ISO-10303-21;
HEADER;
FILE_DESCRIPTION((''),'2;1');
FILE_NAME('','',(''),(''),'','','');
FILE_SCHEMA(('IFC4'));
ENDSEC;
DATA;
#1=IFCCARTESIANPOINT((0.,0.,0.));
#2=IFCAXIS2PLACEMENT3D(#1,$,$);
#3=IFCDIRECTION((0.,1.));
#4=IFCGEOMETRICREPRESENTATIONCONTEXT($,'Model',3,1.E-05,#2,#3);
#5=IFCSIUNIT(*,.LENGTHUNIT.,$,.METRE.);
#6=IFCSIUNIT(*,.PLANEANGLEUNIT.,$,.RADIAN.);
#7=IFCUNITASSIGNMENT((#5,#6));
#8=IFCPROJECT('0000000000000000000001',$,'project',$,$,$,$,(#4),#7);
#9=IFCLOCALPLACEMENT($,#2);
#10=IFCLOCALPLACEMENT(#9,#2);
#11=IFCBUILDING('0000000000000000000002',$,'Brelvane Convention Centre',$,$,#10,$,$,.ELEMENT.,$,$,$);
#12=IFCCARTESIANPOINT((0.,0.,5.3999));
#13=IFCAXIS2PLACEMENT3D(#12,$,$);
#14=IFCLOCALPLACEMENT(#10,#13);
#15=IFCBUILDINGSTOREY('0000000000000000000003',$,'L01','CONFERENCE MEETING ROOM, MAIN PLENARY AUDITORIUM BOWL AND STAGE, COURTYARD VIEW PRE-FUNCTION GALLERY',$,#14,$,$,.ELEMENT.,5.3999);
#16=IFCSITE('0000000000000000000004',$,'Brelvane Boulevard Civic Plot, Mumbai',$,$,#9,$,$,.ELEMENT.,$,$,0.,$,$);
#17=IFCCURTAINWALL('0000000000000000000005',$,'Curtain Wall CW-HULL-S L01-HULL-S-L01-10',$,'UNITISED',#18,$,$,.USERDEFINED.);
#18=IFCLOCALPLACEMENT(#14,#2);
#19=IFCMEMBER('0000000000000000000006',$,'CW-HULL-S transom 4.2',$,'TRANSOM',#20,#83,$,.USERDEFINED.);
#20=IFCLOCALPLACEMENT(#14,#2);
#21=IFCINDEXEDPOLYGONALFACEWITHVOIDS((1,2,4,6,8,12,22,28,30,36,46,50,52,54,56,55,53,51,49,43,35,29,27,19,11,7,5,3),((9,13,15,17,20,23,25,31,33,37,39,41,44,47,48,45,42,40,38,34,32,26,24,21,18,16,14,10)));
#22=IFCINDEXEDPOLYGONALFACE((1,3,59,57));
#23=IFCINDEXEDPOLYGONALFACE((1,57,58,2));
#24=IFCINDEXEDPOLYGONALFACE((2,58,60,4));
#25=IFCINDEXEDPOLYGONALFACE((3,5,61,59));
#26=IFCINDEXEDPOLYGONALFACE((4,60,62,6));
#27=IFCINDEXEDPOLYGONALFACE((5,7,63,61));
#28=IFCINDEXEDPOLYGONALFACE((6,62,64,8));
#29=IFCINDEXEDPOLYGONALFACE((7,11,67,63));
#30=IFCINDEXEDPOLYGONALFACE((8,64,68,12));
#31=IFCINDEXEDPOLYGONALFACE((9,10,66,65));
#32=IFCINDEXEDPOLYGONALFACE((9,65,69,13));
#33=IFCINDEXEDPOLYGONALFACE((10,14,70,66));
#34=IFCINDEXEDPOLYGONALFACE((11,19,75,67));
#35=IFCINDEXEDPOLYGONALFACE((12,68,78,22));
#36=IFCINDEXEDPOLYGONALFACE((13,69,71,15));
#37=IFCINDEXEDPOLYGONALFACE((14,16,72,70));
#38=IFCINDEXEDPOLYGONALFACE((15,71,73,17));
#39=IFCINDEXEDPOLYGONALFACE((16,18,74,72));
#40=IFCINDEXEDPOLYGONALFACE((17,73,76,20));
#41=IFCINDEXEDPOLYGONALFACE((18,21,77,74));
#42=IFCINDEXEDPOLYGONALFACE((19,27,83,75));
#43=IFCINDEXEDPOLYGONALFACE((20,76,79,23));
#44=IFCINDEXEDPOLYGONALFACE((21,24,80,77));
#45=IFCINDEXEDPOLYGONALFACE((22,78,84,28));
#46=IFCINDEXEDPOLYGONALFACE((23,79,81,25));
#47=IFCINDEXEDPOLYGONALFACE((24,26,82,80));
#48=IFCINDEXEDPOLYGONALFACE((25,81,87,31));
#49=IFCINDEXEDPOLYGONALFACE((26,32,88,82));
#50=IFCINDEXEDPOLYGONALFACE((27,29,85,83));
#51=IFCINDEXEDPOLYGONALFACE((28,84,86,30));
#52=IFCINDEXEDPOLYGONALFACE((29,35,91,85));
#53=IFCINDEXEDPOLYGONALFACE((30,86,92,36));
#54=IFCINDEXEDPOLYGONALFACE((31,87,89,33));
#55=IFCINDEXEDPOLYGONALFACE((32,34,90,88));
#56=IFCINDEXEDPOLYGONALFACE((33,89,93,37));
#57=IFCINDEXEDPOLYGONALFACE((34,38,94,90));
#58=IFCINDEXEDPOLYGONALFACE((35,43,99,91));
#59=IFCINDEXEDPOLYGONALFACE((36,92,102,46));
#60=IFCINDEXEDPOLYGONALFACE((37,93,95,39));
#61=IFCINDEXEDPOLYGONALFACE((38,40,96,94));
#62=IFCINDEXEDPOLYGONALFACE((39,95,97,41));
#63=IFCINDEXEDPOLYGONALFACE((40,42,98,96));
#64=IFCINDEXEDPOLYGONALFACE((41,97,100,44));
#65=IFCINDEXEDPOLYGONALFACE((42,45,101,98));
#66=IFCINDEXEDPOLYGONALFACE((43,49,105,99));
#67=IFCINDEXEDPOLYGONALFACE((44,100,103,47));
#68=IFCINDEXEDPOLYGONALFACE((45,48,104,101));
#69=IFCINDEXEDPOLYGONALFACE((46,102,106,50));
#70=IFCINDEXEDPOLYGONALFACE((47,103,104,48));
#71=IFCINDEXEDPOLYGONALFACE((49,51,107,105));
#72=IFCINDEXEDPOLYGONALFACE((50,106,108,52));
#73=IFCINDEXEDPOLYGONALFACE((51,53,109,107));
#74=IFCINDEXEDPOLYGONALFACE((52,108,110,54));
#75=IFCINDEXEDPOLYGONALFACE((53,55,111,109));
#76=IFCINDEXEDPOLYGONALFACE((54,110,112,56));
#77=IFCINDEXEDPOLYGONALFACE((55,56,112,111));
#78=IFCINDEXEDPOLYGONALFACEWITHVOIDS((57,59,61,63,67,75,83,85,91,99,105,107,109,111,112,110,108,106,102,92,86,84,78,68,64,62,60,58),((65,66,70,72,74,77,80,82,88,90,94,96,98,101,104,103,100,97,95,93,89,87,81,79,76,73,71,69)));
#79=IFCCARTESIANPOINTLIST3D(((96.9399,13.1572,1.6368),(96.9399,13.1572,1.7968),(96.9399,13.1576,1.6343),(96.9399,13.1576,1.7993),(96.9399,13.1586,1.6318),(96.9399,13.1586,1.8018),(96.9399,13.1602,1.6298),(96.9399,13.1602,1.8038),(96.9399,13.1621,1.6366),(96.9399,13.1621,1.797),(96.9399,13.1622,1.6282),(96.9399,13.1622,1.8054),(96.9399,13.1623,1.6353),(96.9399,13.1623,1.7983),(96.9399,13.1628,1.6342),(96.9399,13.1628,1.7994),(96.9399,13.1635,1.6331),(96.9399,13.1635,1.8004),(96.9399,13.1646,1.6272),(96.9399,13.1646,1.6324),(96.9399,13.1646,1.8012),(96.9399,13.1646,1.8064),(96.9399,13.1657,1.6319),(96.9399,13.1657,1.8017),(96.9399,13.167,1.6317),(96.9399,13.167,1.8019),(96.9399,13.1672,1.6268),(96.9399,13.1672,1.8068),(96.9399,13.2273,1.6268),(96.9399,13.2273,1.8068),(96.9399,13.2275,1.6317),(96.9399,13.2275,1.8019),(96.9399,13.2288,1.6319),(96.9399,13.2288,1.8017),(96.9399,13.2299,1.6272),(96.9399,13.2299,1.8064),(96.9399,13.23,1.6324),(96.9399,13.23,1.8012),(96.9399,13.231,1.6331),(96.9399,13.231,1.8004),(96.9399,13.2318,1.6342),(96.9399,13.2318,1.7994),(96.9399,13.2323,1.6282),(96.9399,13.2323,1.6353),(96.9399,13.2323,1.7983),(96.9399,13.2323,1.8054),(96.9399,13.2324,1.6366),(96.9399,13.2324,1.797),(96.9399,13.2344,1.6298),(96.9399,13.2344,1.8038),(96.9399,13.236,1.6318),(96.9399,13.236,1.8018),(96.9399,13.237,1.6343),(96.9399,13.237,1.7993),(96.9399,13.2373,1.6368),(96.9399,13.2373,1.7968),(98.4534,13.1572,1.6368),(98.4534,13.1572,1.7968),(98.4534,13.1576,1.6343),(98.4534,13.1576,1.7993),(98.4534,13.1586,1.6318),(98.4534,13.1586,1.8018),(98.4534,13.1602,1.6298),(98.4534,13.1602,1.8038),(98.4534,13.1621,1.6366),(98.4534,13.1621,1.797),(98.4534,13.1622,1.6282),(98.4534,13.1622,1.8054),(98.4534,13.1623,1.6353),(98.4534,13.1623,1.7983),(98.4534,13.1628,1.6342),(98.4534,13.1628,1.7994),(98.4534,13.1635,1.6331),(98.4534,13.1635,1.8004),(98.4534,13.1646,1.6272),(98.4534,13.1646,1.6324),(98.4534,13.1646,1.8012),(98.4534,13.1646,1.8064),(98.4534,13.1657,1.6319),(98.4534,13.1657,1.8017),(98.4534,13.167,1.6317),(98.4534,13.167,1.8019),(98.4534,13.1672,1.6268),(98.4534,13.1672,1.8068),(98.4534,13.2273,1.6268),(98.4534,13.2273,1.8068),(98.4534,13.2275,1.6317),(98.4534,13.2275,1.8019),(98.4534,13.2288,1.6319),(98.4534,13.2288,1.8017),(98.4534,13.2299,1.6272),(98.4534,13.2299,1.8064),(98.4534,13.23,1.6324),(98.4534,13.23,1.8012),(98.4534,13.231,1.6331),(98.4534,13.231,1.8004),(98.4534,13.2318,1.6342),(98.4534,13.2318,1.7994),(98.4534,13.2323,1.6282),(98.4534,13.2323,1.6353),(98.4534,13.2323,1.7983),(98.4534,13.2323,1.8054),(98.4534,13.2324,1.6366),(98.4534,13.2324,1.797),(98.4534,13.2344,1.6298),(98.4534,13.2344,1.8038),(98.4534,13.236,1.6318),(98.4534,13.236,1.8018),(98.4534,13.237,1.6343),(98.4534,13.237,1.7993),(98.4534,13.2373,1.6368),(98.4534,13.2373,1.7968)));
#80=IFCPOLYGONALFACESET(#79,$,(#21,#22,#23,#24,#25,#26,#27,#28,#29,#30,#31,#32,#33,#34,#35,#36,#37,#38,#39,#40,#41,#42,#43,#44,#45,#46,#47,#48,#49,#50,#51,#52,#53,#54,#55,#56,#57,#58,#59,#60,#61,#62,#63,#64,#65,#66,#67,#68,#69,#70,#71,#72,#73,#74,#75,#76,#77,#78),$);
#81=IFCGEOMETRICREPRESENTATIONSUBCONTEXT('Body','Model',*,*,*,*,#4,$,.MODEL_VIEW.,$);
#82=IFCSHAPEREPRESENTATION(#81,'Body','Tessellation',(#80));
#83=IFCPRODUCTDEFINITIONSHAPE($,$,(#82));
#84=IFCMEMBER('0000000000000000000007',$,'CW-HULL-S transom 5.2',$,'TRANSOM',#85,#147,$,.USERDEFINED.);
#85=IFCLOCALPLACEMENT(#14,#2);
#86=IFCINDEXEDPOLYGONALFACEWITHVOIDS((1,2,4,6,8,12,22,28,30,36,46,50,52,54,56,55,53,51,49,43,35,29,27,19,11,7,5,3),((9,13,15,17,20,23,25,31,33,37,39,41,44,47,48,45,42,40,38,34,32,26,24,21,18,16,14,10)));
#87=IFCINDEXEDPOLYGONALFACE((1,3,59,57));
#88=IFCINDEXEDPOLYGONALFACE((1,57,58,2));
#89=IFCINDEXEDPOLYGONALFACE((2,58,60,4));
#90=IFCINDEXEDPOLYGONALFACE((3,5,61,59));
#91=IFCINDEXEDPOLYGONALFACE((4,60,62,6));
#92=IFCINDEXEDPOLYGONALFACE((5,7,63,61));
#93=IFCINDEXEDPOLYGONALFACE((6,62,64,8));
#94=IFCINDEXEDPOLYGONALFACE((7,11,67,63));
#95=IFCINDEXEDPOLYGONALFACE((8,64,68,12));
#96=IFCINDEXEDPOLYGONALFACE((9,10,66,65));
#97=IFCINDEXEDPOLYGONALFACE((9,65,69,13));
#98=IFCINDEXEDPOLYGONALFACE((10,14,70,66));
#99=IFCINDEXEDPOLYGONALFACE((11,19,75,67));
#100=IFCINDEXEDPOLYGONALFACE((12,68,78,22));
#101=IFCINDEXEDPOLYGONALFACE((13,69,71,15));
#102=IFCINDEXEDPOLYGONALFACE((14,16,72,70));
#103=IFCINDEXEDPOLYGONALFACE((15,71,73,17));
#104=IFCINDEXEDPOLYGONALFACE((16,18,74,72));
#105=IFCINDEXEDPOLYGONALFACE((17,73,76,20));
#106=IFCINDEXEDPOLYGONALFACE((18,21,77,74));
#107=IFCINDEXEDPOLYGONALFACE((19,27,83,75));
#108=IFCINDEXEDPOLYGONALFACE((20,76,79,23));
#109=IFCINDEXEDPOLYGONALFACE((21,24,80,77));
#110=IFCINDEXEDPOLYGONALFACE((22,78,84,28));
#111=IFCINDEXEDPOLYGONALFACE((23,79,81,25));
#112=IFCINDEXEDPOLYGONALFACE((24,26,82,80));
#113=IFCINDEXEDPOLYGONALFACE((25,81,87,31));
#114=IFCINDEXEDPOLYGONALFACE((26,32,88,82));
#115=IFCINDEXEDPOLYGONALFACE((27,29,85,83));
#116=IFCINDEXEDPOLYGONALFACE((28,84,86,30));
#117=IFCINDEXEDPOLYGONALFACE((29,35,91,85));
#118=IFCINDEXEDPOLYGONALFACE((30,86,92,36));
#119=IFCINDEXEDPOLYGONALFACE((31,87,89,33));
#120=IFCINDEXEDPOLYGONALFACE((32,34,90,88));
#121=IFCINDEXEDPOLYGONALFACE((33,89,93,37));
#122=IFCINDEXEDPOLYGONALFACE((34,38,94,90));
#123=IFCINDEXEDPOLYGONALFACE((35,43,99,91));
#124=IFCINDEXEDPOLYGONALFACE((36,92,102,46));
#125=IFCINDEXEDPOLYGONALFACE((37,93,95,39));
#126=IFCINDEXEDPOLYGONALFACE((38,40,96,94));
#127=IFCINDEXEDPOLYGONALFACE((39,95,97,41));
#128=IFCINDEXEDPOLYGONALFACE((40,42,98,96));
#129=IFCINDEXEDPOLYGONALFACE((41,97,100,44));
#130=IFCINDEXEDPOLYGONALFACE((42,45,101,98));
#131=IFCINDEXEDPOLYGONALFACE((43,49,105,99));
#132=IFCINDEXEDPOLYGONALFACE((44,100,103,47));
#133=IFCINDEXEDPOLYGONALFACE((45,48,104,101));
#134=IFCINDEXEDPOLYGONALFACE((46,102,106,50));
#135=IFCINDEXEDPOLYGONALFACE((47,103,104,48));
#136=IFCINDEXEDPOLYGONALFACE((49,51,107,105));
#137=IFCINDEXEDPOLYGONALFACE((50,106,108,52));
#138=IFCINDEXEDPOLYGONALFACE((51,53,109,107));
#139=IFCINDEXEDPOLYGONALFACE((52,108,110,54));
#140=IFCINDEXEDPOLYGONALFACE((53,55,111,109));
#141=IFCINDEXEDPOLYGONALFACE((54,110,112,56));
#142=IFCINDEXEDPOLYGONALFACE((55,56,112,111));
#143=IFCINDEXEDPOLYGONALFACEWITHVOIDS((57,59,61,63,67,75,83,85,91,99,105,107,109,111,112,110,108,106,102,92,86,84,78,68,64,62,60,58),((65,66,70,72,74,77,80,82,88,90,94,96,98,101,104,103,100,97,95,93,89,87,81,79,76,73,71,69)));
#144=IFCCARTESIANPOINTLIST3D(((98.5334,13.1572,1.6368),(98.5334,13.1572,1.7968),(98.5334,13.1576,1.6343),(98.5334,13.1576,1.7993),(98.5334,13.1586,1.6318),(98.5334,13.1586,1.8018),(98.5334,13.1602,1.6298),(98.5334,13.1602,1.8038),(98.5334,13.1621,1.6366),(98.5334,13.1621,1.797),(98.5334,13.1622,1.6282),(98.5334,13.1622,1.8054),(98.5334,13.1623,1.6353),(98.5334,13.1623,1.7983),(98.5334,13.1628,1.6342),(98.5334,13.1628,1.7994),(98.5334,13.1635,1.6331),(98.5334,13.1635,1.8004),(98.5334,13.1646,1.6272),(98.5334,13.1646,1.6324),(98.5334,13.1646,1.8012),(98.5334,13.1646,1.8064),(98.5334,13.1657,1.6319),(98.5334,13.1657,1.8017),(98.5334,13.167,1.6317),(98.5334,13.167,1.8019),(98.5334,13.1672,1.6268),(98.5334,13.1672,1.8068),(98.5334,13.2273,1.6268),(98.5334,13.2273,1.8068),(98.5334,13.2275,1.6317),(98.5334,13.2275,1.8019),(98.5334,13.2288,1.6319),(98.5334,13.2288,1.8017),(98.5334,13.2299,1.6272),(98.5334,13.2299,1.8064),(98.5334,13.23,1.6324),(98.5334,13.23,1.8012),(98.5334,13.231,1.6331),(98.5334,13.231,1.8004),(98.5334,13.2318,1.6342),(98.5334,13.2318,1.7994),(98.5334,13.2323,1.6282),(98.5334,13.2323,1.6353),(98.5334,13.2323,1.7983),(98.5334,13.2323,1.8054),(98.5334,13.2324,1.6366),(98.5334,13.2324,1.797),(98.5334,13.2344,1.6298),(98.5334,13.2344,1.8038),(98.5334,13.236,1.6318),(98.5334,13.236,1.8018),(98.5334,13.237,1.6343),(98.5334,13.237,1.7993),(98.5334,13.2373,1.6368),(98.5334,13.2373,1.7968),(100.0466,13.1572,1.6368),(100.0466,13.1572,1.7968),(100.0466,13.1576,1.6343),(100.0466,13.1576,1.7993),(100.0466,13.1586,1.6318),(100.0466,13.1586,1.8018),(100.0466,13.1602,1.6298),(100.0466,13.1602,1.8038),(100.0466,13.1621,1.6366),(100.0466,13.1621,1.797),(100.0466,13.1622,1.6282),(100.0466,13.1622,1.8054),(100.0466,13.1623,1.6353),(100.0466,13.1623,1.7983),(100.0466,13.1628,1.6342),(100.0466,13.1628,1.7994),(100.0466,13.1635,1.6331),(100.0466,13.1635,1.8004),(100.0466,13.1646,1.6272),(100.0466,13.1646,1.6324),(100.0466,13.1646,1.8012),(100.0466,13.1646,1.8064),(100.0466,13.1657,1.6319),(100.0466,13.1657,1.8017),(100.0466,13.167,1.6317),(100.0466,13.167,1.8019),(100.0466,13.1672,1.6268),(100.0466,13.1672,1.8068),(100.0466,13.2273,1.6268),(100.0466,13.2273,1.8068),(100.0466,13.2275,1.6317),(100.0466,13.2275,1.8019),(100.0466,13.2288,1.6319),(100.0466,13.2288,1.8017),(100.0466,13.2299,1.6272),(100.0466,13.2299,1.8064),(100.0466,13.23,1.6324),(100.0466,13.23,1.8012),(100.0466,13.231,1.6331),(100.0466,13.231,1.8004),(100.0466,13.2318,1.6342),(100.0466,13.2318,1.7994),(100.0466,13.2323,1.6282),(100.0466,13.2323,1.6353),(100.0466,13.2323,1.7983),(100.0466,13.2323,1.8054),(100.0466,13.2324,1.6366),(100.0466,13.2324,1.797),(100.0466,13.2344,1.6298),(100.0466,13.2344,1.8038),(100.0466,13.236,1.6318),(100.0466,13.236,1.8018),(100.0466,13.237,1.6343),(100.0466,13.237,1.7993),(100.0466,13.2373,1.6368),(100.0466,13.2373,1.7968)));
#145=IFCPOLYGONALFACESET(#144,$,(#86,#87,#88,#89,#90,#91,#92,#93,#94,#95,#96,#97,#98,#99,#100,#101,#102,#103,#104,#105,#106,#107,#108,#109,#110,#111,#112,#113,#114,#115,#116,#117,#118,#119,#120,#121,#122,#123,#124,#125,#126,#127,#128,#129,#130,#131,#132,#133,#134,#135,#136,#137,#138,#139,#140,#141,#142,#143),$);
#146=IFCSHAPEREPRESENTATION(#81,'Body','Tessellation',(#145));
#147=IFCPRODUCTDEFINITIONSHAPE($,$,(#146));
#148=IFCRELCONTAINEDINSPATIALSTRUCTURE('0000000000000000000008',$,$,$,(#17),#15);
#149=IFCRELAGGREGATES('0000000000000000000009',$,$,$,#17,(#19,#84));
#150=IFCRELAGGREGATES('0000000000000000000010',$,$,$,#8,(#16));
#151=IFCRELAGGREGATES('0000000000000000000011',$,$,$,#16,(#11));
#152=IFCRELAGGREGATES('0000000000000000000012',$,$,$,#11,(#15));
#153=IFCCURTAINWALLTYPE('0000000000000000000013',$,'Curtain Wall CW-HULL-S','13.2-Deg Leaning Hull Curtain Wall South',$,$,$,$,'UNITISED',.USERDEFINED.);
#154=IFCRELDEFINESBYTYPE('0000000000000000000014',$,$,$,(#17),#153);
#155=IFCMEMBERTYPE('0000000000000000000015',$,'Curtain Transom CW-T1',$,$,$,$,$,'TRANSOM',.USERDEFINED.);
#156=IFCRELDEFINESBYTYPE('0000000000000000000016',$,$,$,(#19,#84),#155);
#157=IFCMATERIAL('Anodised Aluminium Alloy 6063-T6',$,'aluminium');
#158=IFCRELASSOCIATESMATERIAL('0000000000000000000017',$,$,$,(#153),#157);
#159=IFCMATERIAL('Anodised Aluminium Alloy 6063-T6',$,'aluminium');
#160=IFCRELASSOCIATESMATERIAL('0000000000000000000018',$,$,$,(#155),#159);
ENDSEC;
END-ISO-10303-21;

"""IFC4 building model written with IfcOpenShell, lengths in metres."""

from ifc_helpers import new_model, si_unit, direction, frame, origin, origin_2d, place, context, subcontext, project, spatial, hollow_rectangle, extrude, material, material_profile, profile_set, type_object, element, aggregate, save


model = new_model("IFC4")

# Units and contexts
model_context = context("Model", 3, precision=1e-05, world=origin(), true_north=direction((0.0, 1.0)))
body_context = subcontext(model_context, "Body", "Model", "MODEL_VIEW")
ifc_project = project(units=[si_unit("LENGTHUNIT", "METRE"), si_unit("PLANEANGLEUNIT", "RADIAN")], contexts=[model_context])

# Site, building, storey
site_placement = place(None, origin())
site = spatial("IfcSite", under=ifc_project, at=site_placement, Name="Brelvane Boulevard Civic Plot, Mumbai", CompositionType="ELEMENT", RefElevation=0.0)
building_placement = place(site_placement, origin())
building = spatial("IfcBuilding", under=site, at=building_placement, Name="Brelvane Convention Centre", CompositionType="ELEMENT")
storey_placement = place(building_placement, frame((0.0, 0.0, 5.3999)))
storey = spatial("IfcBuildingStorey", under=building, at=storey_placement, Name="L01", Description="CONFERENCE MEETING ROOM, MAIN PLENARY AUDITORIUM BOWL AND STAGE, COURTYARD VIEW PRE-FUNCTION GALLERY", CompositionType="ELEMENT", Elevation=5.3999)

# Curtain wall, members
ifc_material_1 = material(Name="Anodised Aluminium Alloy 6063-T6", Category="aluminium")
curtain_wall_type = type_object("IfcCurtainWallType", Name="Curtain Wall CW-HULL-S", Description="13.2-Deg Leaning Hull Curtain Wall South", ElementType="UNITISED", PredefinedType="USERDEFINED", material=ifc_material_1)
curtain_wall_1_placement = place(storey_placement, origin())
curtain_wall_1 = element("IfcCurtainWall", 1, at=curtain_wall_1_placement, inside=storey, type_object=curtain_wall_type, Name="Curtain Wall CW-HULL-S L01-HULL-S-L01-10", ObjectType="UNITISED", PredefinedType="USERDEFINED")
ifc_material_2 = material(Name="Anodised Aluminium Alloy 6063-T6", Category="aluminium")
ifc_material_profile = material_profile(ifc_material_2, hollow_rectangle(XDim=0.0801, YDim=0.1799, WallThickness=0.0049, InnerFilletRadius=0.0049, OuterFilletRadius=0.01, at=origin_2d()), Name="ALU-T 180x80x5.0")
ifc_profile_set = profile_set([ifc_material_profile], Name="Anodised Aluminium Alloy 6063-T6")
member_type = type_object("IfcMemberType", Name="Curtain Transom CW-T1", ElementType="TRANSOM", PredefinedType="USERDEFINED", material=ifc_profile_set)
member_1_placement = place(storey_placement, frame((96.9399, 13.1973, 1.7168), z_axis=(1.0, 0.0, 0.0), x_axis=(0.0, 1.0, 0.0)))
member_1 = element("IfcMember", 2, at=member_1_placement, type_object=member_type, Name="CW-HULL-S transom 4.2", ObjectType="TRANSOM", PredefinedType="USERDEFINED", context=body_context, shape_type="SweptSolid", body=[
    extrude(hollow_rectangle(XDim=0.0801, YDim=0.1799, WallThickness=0.0049, InnerFilletRadius=0.0049, OuterFilletRadius=0.01, at=origin_2d()), origin(), (0.0, 0.0, 1.0), 1.5134),
])
member_2_placement = place(storey_placement, frame((98.5334, 13.1973, 1.7168), z_axis=(1.0, 0.0, 0.0), x_axis=(0.0, 1.0, 0.0)))
member_2 = element("IfcMember", 3, at=member_2_placement, type_object=member_type, Name="CW-HULL-S transom 5.2", ObjectType="TRANSOM", PredefinedType="USERDEFINED", context=body_context, shape_type="SweptSolid", body=[
    extrude(hollow_rectangle(XDim=0.0801, YDim=0.1799, WallThickness=0.0049, InnerFilletRadius=0.0049, OuterFilletRadius=0.01, at=origin_2d()), origin(), (0.0, 0.0, 1.0), 1.5132),
])

aggregate(curtain_wall_1, [member_1, member_2])

save(model, "model.ifc")
